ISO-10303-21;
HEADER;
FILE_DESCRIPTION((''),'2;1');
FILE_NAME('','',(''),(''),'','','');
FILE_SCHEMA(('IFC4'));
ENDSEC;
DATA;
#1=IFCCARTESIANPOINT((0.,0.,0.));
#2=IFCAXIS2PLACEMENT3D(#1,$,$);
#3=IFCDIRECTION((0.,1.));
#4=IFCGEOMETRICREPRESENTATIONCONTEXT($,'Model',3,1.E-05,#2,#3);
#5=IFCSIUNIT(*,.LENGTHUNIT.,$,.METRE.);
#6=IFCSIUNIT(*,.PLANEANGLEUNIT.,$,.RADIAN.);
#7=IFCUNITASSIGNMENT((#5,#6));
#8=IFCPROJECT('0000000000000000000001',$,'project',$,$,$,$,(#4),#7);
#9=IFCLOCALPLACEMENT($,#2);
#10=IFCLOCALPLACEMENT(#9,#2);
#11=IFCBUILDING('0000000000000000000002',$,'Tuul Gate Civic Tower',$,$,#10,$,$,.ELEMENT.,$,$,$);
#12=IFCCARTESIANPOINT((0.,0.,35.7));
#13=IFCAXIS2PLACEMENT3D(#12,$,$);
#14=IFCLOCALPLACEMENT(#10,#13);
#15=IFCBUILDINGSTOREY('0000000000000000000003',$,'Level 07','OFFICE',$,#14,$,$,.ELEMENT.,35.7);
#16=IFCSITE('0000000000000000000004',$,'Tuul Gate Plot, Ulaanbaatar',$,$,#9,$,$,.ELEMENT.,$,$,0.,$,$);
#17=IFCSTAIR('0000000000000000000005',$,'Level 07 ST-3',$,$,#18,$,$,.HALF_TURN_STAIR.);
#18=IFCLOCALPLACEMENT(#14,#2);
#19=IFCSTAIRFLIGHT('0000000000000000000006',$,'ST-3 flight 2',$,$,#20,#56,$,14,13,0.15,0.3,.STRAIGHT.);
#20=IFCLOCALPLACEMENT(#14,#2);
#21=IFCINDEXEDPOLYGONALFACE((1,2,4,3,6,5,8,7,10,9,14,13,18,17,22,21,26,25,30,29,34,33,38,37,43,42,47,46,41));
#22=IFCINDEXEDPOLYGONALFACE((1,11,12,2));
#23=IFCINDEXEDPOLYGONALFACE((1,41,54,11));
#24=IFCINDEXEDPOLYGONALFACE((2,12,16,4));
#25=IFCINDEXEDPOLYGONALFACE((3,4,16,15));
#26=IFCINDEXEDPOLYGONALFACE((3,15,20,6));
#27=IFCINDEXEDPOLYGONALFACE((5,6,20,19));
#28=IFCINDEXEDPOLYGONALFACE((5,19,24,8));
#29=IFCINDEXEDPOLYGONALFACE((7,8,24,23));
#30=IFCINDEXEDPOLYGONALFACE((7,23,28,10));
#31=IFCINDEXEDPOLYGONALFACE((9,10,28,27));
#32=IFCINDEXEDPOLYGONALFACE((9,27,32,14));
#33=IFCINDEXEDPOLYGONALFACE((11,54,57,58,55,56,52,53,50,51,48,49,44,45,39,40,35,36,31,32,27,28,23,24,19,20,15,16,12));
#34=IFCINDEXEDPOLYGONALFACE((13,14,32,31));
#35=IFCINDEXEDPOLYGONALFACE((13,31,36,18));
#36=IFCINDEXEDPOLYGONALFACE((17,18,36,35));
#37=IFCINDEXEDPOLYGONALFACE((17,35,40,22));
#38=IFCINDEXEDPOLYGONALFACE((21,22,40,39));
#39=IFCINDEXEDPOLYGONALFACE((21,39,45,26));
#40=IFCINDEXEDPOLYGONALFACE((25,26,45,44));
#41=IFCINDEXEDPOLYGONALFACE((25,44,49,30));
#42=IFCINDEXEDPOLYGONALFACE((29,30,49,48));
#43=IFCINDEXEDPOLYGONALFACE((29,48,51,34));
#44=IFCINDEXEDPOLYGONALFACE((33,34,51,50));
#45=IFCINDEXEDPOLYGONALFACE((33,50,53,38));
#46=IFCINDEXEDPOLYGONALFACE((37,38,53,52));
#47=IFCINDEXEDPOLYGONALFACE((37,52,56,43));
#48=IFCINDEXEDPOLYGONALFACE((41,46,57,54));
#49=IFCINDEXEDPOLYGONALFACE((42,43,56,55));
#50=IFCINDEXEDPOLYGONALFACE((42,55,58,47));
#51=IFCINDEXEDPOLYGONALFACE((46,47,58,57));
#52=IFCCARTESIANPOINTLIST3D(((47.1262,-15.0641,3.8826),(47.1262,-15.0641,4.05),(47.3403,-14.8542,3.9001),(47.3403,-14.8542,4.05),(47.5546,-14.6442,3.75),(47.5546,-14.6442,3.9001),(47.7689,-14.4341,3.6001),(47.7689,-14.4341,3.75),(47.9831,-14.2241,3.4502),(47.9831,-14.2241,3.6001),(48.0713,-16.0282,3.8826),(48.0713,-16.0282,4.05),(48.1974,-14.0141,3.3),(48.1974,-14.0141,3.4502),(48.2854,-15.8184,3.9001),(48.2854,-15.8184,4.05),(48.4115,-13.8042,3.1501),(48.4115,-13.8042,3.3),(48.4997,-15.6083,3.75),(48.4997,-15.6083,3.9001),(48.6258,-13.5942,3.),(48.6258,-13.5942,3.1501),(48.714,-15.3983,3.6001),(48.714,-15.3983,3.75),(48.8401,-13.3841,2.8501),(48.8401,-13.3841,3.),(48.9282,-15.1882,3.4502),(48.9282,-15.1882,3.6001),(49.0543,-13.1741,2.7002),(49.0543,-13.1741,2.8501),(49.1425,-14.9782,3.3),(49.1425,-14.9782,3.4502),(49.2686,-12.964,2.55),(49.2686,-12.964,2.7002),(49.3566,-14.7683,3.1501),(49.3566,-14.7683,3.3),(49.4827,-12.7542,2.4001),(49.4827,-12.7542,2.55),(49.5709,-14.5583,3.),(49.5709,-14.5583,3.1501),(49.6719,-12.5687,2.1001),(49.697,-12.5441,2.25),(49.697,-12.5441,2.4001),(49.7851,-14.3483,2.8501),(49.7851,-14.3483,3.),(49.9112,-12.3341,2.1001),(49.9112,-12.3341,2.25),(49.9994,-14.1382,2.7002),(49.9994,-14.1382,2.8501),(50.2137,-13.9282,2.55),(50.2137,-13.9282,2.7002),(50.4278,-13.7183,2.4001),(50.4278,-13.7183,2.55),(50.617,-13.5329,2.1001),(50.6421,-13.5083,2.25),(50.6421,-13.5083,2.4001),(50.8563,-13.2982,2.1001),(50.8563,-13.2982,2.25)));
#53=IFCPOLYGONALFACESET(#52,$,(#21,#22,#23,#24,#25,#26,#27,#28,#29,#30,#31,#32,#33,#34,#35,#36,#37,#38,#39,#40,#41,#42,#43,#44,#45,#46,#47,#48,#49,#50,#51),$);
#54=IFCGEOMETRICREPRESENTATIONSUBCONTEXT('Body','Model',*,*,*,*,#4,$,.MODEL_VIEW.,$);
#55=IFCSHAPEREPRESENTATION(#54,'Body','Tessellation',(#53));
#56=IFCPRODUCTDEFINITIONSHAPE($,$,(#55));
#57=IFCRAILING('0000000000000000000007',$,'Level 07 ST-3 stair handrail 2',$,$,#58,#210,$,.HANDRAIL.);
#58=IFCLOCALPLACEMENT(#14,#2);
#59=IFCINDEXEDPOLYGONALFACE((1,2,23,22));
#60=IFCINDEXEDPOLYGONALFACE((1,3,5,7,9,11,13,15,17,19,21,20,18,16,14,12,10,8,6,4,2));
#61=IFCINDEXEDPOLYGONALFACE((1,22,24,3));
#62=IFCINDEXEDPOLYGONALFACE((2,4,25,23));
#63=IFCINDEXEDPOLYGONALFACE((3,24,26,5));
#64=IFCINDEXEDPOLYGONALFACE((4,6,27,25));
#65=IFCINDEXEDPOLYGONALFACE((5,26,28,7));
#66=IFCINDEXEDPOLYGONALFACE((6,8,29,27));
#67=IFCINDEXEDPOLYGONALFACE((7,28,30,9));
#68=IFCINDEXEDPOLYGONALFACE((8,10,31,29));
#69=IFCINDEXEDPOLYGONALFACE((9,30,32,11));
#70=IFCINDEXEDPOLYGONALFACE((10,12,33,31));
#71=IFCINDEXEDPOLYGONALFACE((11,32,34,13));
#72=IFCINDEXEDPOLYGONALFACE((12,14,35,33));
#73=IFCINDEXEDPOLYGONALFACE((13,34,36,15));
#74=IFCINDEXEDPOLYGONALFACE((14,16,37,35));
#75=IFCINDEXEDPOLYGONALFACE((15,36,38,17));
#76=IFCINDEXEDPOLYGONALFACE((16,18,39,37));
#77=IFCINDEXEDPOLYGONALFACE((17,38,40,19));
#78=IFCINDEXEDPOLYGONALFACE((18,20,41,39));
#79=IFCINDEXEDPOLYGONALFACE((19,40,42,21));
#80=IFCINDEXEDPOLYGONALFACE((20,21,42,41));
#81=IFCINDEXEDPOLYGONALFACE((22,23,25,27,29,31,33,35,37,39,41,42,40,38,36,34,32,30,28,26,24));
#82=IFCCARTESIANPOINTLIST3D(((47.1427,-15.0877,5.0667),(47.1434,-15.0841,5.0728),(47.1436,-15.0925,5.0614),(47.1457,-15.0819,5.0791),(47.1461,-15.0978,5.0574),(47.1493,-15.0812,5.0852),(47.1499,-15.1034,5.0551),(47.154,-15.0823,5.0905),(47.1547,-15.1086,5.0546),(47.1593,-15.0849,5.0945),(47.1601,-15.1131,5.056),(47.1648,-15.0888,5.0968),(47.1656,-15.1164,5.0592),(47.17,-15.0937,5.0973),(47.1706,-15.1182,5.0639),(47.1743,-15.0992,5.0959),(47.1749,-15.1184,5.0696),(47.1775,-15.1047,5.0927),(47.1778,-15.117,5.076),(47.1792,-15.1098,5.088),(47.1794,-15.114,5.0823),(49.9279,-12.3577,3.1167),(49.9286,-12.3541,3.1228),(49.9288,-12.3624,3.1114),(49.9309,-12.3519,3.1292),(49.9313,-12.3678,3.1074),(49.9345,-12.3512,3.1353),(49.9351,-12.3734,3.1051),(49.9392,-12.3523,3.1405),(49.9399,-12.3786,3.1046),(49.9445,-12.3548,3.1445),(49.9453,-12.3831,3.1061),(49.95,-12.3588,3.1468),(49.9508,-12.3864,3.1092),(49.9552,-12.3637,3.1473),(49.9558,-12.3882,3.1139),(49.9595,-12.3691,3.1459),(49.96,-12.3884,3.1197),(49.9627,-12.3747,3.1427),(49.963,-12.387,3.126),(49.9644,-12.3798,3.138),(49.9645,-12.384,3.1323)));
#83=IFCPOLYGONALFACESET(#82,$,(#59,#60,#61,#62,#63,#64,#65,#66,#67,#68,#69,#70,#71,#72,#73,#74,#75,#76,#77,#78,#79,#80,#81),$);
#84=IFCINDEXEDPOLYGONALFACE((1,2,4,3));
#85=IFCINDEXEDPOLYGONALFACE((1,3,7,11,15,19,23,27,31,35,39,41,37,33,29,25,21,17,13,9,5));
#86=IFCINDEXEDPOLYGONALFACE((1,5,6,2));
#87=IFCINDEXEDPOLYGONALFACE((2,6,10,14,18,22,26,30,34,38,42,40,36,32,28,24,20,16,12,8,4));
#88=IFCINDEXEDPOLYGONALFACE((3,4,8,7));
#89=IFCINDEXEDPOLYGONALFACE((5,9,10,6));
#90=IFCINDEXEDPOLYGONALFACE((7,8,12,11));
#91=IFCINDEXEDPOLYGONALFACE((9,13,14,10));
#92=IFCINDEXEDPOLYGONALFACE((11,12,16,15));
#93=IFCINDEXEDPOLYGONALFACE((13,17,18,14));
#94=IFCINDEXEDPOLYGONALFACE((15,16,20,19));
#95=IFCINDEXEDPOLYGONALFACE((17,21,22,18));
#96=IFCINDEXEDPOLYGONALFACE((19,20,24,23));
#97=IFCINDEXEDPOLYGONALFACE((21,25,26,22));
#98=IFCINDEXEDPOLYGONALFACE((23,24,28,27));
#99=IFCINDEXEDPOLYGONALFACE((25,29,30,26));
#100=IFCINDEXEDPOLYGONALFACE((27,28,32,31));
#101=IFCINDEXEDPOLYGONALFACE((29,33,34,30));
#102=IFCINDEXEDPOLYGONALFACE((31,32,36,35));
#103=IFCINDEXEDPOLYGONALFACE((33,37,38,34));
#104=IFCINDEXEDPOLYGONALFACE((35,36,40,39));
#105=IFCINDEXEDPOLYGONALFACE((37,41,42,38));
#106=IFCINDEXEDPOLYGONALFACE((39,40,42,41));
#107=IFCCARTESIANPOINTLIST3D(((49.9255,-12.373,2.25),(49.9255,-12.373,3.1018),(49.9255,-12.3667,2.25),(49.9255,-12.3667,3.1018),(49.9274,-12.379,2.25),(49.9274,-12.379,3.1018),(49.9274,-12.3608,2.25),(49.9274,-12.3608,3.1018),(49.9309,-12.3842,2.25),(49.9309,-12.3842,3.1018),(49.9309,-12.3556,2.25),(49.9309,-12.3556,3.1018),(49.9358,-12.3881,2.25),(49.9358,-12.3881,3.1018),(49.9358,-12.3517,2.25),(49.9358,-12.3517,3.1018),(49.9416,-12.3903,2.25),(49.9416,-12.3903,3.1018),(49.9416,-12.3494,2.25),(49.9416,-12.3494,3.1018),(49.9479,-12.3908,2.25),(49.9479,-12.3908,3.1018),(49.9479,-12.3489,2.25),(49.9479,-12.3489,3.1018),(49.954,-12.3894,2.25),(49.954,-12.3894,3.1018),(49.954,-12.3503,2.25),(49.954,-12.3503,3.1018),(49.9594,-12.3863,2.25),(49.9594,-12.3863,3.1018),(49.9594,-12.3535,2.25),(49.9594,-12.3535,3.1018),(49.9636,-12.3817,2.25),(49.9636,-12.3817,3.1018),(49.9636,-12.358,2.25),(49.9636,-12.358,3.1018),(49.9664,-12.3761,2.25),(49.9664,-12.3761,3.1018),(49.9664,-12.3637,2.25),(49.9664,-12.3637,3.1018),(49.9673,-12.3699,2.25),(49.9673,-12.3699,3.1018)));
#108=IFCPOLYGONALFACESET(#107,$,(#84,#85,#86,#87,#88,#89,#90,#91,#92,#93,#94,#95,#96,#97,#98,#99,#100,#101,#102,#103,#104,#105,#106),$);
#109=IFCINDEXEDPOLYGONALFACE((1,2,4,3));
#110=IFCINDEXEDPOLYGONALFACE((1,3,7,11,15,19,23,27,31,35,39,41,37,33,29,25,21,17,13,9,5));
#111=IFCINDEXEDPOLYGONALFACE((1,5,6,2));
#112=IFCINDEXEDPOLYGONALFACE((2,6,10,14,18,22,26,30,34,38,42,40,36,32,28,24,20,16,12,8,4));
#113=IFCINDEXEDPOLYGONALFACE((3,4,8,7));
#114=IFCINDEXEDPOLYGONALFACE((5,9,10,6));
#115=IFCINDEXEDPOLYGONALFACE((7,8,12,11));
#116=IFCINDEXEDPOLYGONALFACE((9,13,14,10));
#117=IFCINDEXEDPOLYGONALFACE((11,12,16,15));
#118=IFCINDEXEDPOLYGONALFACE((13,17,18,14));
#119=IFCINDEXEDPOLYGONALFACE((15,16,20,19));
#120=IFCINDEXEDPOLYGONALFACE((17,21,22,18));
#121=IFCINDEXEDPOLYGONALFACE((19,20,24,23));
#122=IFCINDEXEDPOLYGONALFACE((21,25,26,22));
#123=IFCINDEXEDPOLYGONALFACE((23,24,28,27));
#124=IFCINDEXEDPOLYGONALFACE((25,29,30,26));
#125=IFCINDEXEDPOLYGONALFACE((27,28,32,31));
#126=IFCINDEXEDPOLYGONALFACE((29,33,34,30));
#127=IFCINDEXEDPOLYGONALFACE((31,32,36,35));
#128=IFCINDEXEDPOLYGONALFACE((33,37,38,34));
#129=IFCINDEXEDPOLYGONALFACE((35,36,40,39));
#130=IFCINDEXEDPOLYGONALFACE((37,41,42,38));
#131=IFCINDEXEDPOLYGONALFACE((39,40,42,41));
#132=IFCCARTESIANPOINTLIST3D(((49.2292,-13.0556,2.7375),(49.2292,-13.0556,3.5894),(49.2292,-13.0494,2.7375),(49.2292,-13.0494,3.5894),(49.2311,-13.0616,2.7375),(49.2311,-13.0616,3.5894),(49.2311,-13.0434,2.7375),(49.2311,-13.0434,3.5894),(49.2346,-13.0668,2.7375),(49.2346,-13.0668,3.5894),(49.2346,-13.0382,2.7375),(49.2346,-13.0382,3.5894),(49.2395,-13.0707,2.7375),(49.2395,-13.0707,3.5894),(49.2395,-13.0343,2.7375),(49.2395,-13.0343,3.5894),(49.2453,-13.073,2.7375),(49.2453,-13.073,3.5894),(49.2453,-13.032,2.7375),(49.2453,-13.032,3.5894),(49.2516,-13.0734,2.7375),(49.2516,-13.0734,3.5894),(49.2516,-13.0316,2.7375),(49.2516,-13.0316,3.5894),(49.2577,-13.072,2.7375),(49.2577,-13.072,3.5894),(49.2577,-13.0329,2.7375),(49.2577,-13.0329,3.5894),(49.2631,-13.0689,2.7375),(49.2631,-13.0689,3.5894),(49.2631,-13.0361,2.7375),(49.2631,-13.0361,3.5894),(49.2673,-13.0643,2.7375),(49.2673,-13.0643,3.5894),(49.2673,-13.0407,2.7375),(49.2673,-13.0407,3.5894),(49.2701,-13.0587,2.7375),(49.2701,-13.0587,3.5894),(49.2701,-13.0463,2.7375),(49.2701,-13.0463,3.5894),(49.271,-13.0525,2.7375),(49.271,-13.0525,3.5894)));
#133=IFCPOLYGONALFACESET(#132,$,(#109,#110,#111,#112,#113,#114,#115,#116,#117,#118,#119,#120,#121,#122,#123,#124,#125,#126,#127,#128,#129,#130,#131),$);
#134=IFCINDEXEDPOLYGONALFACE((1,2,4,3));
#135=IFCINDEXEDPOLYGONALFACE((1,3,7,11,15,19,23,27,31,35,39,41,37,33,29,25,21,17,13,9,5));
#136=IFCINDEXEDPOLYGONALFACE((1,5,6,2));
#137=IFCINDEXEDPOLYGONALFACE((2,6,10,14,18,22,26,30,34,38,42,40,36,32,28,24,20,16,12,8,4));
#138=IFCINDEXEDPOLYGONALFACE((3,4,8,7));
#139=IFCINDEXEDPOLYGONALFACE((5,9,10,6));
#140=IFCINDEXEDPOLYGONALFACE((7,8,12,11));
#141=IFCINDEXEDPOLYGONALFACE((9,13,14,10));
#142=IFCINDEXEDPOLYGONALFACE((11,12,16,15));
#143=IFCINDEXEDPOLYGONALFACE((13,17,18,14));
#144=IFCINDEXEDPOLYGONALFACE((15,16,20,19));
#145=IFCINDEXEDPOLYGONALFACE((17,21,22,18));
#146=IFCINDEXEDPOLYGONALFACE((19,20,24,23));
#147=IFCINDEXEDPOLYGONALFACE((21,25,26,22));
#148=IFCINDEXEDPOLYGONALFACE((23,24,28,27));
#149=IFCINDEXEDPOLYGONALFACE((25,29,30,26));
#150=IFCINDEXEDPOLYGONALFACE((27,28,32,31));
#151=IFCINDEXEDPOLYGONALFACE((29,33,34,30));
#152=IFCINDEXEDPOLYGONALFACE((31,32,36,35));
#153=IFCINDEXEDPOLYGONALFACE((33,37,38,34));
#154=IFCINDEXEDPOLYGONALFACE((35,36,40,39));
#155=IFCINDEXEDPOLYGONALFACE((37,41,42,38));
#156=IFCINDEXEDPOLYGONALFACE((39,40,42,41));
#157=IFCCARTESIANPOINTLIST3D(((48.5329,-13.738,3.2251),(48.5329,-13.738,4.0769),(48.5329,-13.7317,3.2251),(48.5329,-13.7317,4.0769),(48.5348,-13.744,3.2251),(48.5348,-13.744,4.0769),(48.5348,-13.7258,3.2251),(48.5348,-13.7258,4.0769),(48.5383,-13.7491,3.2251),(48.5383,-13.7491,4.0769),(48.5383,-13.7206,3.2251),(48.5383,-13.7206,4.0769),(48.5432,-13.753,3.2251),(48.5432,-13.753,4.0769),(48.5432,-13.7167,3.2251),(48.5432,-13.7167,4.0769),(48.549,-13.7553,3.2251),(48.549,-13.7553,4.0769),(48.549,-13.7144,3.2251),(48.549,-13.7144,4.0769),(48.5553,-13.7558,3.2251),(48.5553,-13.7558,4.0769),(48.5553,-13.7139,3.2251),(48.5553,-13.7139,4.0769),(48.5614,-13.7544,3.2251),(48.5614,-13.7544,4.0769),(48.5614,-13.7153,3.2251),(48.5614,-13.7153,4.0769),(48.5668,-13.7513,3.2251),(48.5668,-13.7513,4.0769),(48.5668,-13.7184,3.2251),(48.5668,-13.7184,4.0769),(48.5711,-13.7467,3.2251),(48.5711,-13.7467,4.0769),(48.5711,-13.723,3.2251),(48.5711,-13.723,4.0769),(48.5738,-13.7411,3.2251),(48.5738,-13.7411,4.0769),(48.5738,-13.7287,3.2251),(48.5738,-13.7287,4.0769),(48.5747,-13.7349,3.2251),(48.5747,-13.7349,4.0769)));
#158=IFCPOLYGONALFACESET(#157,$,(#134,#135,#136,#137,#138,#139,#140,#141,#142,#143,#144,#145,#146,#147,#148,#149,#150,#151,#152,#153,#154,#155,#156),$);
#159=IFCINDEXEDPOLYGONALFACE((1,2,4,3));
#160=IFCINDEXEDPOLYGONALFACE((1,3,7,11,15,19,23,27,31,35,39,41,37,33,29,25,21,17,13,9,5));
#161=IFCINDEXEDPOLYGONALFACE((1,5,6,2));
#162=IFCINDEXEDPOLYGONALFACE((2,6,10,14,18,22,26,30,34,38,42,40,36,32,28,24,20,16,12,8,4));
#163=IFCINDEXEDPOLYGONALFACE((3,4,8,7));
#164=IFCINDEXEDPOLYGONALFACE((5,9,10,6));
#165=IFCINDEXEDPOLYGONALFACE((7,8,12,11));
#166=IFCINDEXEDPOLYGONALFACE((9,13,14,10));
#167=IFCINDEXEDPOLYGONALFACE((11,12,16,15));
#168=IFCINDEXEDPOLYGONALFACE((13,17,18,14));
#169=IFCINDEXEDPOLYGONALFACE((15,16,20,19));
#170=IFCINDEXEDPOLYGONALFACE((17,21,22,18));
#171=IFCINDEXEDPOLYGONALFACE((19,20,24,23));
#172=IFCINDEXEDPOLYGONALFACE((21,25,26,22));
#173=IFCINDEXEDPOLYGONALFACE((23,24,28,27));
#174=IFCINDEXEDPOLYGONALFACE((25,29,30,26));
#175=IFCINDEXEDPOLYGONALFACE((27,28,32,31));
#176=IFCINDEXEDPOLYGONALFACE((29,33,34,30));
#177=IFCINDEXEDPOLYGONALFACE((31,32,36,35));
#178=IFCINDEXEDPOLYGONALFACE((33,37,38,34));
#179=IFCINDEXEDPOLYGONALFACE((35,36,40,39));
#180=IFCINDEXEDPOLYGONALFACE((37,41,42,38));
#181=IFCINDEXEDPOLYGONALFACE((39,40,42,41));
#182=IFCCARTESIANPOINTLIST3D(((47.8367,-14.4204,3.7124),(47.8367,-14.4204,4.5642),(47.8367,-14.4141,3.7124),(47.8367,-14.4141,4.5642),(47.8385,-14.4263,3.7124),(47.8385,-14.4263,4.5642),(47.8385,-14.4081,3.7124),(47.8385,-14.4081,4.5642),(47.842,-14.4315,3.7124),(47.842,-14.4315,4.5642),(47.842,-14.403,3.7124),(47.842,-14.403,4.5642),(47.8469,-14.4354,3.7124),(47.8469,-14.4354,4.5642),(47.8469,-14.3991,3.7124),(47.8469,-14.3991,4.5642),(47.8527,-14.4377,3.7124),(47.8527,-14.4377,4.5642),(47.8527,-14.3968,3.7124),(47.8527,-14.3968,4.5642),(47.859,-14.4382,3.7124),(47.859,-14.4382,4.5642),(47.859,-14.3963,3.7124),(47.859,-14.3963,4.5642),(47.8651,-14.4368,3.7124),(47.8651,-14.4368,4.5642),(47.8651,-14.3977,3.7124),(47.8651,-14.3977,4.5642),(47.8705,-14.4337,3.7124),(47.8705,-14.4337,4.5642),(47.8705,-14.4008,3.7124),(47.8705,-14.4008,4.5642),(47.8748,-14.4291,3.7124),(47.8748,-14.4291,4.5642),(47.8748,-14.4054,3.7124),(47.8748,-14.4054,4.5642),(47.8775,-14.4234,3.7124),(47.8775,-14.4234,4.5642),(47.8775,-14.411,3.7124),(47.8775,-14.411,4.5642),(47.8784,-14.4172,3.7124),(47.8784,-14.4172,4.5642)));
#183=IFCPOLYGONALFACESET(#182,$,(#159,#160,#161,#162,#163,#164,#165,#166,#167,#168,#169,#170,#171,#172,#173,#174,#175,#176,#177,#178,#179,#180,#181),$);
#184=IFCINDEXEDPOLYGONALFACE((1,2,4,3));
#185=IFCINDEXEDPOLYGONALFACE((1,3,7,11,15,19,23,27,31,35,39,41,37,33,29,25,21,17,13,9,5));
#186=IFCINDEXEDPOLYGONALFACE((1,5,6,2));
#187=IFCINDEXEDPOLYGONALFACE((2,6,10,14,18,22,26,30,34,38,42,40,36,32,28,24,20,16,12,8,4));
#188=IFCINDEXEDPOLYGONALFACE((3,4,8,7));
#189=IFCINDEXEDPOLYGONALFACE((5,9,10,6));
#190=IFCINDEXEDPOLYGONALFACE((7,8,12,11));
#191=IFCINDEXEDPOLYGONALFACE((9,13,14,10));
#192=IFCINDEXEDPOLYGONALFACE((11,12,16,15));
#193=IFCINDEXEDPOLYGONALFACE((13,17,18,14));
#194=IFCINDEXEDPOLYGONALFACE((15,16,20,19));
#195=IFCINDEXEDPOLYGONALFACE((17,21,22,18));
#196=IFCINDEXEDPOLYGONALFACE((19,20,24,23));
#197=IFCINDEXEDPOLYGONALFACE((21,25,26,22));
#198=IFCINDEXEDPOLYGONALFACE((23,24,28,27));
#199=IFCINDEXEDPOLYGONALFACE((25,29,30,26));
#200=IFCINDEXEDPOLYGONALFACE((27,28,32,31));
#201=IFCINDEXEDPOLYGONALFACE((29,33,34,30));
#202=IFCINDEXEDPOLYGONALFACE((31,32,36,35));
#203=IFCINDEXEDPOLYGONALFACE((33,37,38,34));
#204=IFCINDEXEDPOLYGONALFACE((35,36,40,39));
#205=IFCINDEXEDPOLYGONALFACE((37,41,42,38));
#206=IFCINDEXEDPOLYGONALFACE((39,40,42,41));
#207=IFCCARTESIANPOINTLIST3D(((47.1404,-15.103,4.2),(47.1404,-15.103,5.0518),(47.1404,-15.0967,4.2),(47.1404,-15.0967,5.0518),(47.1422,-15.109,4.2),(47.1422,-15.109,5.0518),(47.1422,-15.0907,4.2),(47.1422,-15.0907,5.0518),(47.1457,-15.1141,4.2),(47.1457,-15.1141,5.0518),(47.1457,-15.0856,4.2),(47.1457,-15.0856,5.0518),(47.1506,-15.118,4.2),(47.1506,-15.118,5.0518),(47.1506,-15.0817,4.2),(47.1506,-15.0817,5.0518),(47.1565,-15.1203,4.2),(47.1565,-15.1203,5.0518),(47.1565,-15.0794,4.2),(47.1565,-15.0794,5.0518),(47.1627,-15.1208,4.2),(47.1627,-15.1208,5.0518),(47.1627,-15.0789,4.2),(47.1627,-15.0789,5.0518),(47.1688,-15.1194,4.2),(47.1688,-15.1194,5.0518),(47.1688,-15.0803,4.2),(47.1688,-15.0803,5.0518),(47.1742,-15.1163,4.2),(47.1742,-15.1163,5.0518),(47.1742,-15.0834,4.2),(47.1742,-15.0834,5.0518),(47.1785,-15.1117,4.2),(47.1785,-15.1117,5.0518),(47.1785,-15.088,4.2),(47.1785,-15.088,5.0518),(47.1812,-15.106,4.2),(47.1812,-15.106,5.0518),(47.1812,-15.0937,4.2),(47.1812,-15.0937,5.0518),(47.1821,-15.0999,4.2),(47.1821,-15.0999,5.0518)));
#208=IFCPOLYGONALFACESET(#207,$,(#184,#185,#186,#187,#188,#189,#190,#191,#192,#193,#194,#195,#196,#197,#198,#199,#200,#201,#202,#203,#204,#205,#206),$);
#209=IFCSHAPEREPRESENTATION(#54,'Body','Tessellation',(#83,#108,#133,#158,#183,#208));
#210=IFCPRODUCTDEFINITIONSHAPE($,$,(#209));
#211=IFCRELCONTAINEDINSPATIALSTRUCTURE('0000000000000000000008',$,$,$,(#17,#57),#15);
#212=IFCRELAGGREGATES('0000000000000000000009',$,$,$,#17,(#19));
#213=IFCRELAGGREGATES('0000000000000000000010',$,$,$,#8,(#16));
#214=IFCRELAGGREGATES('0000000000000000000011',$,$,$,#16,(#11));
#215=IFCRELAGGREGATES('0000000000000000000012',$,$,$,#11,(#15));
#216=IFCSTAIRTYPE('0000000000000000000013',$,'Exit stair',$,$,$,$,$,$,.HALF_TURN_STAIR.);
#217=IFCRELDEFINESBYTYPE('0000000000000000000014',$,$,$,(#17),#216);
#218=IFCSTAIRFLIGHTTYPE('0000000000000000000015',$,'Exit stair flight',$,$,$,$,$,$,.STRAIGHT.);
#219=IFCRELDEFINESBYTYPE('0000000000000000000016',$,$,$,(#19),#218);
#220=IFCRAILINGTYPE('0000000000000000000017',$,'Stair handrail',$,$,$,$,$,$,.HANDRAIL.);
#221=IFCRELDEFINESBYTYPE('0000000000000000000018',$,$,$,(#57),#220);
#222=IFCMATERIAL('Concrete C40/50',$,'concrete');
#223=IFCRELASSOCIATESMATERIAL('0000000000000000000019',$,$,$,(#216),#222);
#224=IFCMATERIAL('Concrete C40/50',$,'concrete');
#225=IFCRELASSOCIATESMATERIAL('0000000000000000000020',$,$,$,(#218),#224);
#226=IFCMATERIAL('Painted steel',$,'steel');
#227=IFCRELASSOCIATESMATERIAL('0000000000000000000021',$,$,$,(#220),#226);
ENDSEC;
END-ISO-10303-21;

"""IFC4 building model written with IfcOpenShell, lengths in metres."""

from ifc_helpers import new_model, si_unit, direction, frame, origin, origin_2d, place, context, subcontext, project, spatial, polyline, circle, outline, extrude, material, type_object, element, aggregate, save


model = new_model("IFC4")

# Units and contexts
model_context = context("Model", 3, precision=1e-05, world=origin(), true_north=direction((0.0, 1.0)))
body_context = subcontext(model_context, "Body", "Model", "MODEL_VIEW")
ifc_project = project(units=[si_unit("LENGTHUNIT", "METRE"), si_unit("PLANEANGLEUNIT", "RADIAN")], contexts=[model_context])

# Site, building, storey
site_placement = place(None, origin())
site = spatial("IfcSite", under=ifc_project, at=site_placement, Name="Tuul Gate Plot, Ulaanbaatar", CompositionType="ELEMENT", RefElevation=0.0)
building_placement = place(site_placement, origin())
building = spatial("IfcBuilding", under=site, at=building_placement, Name="Tuul Gate Civic Tower", CompositionType="ELEMENT")
storey_placement = place(building_placement, frame((0.0, 0.0, 35.7)))
storey = spatial("IfcBuildingStorey", under=building, at=storey_placement, Name="Level 07", Description="OFFICE", CompositionType="ELEMENT", Elevation=35.7)

# Stair, stair flight
ifc_material_1 = material(Name="Concrete C40/50", Category="concrete")
stair_type = type_object("IfcStairType", Name="Exit stair", PredefinedType="HALF_TURN_STAIR", material=ifc_material_1)
stair_placement = place(storey_placement, origin())
stair = element("IfcStair", 1, at=stair_placement, inside=storey, type_object=stair_type, Name="Level 07 ST-3", PredefinedType="HALF_TURN_STAIR")
ifc_material_2 = material(Name="Concrete C40/50", Category="concrete")
stair_flight_type = type_object("IfcStairFlightType", Name="Exit stair flight", PredefinedType="STRAIGHT", material=ifc_material_2)
stair_flight_placement = place(storey_placement, frame((50.3838, -12.8162, 2.1001), z_axis=(0.0, 0.0, 1.0), x_axis=(-0.714127, -0.700016, 0.0)))
stair_flight = element("IfcStairFlight", 2, at=stair_flight_placement, type_object=stair_flight_type, Name="ST-3 flight 2", NumberOfRisers=14, NumberOfTreads=13, PredefinedType="STRAIGHT", RiserHeight=0.15, TreadLength=0.3, context=body_context, shape_type="SweptSolid", body=[
    extrude(outline(polyline([(0.0, 0.0), (0.0, 0.1499), (0.3, 0.1499), (0.3, 0.3), (0.6001, 0.3), (0.6001, 0.45), (0.8999, 0.45), (0.8999, 0.6001), (1.2, 0.6001), (1.2, 0.75), (1.5, 0.75), (1.5, 0.8999), (1.8, 0.8999), (1.8, 1.05), (2.1001, 1.05), (2.1001, 1.2), (2.3999, 1.2), (2.3999, 1.3501), (2.7, 1.3501), (2.7, 1.5), (3.0, 1.5), (3.0, 1.6499), (3.3, 1.6499), (3.3, 1.8), (3.6001, 1.8), (3.6001, 1.95), (3.8999, 1.95), (3.8999, 2.1001), (3.8999, 1.7825), (0.3352, 0.0), (0.0, 0.0)])), frame((0.0, 0.675, 0.0), z_axis=(0.0, -1.0, 0.0), x_axis=(1.0, 0.0, 0.0)), (0.0, 0.0, 1.0), 1.3501),
])
aggregate(stair, [stair_flight])

# Railing
ifc_material_3 = material(Name="Painted steel", Category="steel")
railing_type = type_object("IfcRailingType", Name="Stair handrail", PredefinedType="HANDRAIL", material=ifc_material_3)
railing_placement = place(storey_placement, frame((49.9463, -12.3699, 2.25)))
element("IfcRailing", 3, at=railing_placement, inside=storey, type_object=railing_type, Name="Level 07 ST-3 stair handrail 2", PredefinedType="HANDRAIL", context=body_context, shape_type="SweptSolid", body=[
    extrude(circle(Radius=0.0239, at=origin_2d()), frame((0.0, 0.0, 0.876), z_axis=(-0.638754, -0.6261, 0.447206), x_axis=(0.699998, -0.714145, 0.0)), (0.0, 0.0, 1.0), 4.3604),
    extrude(circle(Radius=0.021, at=origin_2d()), origin(), (0.0, 0.0, 1.0), 0.8518),
    extrude(circle(Radius=0.021, at=origin_2d()), frame((-0.6963, -0.6826, 0.4875)), (0.0, 0.0, 1.0), 0.8518),
    extrude(circle(Radius=0.021, at=origin_2d()), frame((-1.3926, -1.365, 0.9751)), (0.0, 0.0, 1.0), 0.8518),
    extrude(circle(Radius=0.021, at=origin_2d()), frame((-2.0889, -2.0474, 1.4624)), (0.0, 0.0, 1.0), 0.8518),
    extrude(circle(Radius=0.021, at=origin_2d()), frame((-2.7852, -2.73, 1.95)), (0.0, 0.0, 1.0), 0.8518),
])

save(model, "model.ifc")
